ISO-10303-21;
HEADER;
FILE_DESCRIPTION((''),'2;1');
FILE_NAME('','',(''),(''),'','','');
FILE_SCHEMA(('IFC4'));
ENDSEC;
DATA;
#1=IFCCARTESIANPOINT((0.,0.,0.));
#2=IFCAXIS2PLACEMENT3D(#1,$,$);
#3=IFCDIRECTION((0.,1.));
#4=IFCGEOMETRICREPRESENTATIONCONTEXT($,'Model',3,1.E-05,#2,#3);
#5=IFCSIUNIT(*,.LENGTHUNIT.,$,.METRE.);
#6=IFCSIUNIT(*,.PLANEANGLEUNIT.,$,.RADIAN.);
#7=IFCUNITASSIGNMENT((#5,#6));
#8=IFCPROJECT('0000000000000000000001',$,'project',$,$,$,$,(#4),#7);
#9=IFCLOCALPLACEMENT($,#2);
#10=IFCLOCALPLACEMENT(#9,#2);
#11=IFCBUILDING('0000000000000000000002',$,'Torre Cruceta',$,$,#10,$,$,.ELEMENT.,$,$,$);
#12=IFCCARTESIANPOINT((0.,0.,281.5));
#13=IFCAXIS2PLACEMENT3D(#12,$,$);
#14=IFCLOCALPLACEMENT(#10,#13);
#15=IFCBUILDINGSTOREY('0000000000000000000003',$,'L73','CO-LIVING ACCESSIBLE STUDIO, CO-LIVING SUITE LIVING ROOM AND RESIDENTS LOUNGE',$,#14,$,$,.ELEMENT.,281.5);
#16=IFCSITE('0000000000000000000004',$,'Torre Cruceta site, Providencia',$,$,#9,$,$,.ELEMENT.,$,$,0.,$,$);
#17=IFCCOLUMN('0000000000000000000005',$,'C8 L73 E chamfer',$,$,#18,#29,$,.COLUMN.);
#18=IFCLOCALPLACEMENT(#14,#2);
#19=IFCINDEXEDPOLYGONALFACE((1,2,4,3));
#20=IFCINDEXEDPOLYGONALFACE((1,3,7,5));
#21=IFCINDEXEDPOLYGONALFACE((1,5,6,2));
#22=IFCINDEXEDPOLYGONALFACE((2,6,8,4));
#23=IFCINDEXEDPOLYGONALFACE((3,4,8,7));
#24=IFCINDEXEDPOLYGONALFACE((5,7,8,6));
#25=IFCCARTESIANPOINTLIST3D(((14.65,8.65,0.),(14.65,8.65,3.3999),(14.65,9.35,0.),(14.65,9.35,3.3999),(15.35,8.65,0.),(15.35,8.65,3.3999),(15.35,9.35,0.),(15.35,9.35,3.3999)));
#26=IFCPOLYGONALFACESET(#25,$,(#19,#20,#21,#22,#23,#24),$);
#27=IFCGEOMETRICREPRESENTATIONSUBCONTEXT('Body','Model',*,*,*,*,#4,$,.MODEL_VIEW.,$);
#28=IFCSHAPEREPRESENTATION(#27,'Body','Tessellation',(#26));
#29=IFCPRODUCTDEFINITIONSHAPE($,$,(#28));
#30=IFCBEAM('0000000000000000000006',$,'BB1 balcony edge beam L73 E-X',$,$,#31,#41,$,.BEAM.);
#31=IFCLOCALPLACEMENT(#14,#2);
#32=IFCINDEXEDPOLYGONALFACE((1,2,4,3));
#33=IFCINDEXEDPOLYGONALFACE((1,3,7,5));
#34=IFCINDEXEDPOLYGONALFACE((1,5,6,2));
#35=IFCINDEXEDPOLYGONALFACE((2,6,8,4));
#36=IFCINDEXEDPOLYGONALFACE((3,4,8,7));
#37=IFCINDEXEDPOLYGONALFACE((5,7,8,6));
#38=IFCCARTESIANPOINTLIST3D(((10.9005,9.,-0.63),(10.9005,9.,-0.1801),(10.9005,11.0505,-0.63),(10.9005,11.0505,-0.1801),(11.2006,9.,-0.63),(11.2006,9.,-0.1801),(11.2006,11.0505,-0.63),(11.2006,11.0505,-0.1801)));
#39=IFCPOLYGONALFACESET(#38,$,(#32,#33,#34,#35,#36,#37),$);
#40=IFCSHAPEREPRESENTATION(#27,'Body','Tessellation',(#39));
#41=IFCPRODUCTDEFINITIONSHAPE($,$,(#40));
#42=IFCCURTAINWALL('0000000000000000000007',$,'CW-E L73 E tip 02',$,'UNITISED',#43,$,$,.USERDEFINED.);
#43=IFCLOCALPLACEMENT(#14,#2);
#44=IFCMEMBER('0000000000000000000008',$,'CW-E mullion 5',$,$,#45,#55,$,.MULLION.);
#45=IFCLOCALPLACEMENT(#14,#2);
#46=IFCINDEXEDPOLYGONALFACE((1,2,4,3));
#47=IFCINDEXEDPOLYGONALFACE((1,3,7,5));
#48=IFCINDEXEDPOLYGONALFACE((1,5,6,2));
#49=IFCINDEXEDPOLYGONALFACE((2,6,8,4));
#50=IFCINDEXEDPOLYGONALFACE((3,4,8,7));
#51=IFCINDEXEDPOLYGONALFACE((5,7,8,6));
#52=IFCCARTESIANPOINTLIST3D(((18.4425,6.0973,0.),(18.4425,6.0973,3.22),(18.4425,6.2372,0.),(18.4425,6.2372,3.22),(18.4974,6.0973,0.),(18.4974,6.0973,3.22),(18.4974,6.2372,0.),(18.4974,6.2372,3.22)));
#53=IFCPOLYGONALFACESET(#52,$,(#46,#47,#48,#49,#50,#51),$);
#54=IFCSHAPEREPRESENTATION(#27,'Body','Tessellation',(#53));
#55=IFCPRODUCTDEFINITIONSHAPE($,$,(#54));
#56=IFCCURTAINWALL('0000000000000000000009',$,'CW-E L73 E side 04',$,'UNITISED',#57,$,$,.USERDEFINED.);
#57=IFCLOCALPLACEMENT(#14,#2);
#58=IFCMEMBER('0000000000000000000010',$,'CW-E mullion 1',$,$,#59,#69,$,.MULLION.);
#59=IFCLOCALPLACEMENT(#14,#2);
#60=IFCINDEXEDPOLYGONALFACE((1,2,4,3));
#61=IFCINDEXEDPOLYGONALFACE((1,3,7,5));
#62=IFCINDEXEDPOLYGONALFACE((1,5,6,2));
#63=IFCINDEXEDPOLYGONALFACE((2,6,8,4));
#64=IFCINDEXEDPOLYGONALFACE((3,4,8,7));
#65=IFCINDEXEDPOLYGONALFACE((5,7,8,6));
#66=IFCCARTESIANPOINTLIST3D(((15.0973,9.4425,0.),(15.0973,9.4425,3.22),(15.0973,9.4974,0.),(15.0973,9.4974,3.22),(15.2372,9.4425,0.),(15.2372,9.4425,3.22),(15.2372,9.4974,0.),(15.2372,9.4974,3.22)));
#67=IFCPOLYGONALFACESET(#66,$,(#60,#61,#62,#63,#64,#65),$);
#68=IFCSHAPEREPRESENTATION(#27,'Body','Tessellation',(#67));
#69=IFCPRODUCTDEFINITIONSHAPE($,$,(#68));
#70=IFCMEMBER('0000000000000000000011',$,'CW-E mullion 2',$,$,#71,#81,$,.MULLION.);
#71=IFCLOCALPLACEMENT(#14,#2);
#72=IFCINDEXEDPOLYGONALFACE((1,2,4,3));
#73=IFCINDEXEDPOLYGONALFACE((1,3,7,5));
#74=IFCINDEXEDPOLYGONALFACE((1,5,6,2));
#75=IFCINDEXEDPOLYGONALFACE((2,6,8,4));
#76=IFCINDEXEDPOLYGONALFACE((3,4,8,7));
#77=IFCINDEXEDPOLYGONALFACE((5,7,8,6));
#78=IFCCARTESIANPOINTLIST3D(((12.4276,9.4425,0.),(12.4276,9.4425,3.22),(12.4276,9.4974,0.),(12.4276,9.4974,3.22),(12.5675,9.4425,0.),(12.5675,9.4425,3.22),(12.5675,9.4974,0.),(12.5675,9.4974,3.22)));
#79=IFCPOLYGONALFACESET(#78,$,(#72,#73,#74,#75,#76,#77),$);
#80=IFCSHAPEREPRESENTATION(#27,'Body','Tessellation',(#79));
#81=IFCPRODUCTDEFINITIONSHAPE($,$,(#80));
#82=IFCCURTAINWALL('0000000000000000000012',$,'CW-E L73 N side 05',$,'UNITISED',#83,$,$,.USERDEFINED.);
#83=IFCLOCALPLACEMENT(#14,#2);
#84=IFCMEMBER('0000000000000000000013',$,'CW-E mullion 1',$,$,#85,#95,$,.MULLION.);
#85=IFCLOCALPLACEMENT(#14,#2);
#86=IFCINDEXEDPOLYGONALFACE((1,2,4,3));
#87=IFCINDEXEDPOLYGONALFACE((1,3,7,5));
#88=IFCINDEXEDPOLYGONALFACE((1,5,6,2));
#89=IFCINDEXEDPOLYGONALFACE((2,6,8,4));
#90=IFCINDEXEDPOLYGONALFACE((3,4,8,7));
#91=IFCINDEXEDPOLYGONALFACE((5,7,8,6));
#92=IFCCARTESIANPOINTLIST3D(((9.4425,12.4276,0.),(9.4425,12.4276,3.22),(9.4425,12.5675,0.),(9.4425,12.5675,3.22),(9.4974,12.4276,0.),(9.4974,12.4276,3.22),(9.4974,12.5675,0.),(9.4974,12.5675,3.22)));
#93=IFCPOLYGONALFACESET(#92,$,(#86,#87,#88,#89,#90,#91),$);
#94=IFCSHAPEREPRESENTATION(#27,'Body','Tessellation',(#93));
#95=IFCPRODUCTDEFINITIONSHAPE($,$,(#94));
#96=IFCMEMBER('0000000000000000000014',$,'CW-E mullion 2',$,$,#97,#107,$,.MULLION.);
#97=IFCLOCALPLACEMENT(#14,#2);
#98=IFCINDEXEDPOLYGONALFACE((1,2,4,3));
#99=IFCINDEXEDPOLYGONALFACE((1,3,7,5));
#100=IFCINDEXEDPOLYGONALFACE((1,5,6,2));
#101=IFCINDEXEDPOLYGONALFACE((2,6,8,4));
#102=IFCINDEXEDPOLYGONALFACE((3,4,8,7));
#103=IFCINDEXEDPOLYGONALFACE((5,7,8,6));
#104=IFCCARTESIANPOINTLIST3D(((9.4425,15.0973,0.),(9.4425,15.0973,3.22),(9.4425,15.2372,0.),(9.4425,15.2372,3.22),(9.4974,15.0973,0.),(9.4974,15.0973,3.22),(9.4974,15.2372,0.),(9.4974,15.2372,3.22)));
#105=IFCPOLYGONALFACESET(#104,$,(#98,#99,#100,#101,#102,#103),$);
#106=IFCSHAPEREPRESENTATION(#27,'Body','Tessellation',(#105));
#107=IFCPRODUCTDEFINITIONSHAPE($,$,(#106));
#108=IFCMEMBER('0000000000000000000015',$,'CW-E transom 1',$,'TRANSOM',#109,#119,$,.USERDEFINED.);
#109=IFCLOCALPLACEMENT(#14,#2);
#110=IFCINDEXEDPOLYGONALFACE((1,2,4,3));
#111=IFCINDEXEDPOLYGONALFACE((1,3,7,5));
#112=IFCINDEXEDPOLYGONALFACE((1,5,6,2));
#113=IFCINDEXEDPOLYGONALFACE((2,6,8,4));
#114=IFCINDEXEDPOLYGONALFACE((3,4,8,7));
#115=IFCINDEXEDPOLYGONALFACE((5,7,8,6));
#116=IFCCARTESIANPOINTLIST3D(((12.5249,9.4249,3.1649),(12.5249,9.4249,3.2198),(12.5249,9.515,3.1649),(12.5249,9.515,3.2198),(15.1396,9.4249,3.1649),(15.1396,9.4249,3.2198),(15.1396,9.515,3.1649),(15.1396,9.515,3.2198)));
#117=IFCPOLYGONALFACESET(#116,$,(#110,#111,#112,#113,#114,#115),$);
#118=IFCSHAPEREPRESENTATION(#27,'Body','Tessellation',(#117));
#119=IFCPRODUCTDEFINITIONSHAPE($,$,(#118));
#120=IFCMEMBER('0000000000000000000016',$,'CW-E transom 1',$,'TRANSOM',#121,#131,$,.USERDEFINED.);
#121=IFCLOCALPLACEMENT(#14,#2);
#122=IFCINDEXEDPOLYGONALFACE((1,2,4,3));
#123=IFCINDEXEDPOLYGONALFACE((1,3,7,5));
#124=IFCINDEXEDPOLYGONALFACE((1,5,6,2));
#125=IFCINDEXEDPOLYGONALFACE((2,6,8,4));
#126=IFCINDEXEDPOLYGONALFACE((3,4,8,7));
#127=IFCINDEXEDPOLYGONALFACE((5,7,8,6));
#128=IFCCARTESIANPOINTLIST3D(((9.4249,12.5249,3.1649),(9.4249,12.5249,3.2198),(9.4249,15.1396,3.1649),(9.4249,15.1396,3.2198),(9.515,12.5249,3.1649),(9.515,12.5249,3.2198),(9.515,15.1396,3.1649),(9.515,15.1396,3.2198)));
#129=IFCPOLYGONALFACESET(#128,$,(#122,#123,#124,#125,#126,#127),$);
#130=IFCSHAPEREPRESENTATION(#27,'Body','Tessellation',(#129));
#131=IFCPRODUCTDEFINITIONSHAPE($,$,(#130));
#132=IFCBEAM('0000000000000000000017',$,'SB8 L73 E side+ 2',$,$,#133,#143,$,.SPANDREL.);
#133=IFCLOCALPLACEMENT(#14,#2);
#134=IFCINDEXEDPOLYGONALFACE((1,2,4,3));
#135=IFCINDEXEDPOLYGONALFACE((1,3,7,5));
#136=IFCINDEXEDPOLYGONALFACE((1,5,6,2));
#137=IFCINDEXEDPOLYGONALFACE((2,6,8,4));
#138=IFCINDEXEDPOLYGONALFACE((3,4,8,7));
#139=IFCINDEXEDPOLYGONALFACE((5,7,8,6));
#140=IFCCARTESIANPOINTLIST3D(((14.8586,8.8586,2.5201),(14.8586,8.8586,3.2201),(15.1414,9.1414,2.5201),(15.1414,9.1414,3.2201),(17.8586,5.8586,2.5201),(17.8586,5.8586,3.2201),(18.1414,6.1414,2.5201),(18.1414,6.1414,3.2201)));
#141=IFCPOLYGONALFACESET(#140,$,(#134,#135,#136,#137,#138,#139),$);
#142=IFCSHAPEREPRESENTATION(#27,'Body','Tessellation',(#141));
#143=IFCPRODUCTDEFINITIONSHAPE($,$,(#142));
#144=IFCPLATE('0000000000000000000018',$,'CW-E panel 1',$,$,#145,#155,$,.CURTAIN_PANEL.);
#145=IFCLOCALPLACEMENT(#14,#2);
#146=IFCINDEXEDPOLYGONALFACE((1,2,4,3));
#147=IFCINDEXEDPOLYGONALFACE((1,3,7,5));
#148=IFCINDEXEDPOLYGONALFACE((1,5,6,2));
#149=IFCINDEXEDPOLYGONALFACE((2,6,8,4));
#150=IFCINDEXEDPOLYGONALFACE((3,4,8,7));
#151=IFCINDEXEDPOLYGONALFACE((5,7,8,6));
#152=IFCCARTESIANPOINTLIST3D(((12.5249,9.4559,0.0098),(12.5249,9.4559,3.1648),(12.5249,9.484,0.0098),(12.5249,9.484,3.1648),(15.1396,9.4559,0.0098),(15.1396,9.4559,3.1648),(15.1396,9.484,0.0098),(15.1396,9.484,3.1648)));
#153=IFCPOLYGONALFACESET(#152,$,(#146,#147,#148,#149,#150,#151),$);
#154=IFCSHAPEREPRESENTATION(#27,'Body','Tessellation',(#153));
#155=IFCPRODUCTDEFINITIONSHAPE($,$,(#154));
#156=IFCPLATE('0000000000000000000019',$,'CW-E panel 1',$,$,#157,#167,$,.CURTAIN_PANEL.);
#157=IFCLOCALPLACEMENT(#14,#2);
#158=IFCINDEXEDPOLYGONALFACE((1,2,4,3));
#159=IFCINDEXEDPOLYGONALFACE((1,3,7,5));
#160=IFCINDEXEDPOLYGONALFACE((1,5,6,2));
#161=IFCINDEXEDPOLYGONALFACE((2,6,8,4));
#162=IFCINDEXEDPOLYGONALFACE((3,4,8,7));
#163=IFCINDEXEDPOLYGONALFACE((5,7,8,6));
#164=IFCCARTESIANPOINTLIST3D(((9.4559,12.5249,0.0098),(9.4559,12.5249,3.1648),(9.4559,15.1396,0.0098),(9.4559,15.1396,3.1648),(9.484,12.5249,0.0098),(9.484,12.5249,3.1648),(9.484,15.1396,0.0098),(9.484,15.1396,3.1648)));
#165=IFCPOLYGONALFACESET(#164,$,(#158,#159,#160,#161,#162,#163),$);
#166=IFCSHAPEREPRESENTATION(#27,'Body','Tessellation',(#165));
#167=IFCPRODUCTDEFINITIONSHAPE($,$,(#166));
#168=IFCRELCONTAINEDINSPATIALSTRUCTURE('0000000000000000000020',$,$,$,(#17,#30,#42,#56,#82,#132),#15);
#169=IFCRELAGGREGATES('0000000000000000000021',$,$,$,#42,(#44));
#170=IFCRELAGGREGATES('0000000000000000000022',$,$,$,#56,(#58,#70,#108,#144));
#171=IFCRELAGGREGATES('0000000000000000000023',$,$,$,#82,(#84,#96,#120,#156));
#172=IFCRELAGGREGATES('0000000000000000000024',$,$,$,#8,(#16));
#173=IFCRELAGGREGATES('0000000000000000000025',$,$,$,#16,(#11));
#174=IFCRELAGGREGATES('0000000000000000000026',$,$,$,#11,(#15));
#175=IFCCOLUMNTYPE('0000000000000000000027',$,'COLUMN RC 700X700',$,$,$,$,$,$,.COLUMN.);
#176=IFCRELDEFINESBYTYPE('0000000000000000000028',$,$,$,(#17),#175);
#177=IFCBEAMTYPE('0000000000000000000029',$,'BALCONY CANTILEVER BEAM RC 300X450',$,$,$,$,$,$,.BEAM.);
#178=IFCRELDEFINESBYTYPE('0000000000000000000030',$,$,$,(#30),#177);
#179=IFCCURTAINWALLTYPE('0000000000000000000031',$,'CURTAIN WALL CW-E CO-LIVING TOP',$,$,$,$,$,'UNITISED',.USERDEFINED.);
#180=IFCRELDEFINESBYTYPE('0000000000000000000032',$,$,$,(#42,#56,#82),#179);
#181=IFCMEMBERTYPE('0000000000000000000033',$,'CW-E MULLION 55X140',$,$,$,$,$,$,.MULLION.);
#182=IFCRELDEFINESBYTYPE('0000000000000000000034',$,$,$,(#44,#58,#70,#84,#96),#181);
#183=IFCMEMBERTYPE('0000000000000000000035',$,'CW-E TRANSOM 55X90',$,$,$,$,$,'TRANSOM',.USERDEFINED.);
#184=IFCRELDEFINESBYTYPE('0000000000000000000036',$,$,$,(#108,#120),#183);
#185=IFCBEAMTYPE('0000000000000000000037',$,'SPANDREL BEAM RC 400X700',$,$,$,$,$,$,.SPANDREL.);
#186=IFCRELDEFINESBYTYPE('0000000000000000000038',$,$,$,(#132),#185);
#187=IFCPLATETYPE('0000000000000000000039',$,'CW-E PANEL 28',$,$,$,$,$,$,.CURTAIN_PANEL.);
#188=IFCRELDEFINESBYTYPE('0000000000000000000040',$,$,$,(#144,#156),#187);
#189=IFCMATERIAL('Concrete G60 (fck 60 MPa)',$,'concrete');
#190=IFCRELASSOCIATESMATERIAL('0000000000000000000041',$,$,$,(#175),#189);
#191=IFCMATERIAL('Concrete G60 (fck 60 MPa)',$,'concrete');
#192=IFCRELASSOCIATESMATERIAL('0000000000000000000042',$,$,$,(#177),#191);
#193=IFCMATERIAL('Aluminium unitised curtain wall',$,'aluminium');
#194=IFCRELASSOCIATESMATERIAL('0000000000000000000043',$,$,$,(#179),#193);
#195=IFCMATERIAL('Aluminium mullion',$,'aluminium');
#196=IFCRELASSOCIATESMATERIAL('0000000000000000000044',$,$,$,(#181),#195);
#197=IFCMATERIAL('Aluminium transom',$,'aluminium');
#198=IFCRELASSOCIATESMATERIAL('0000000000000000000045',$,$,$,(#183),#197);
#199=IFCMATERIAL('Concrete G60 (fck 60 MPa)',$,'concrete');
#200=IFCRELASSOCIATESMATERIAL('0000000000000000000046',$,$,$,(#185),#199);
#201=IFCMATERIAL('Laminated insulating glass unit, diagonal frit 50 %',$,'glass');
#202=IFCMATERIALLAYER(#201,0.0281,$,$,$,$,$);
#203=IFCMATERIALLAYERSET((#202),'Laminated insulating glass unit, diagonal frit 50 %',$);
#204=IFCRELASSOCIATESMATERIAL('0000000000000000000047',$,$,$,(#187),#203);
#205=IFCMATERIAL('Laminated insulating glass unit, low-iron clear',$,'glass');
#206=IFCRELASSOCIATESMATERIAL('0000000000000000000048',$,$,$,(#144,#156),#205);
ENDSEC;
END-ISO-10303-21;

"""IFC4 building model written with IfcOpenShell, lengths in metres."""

from ifc_helpers import new_model, si_unit, direction, frame, origin, origin_2d, place, context, subcontext, project, spatial, rectangle, extrude, material, layer, layer_set, material_profile, profile_set, type_object, element, aggregate, save


model = new_model("IFC4")

# Units and contexts
model_context = context("Model", 3, precision=1e-05, world=origin(), true_north=direction((0.0, 1.0)))
body_context = subcontext(model_context, "Body", "Model", "MODEL_VIEW")
ifc_project = project(units=[si_unit("LENGTHUNIT", "METRE"), si_unit("PLANEANGLEUNIT", "RADIAN")], contexts=[model_context])

# Site, building, storey
site_placement = place(None, origin())
site = spatial("IfcSite", under=ifc_project, at=site_placement, Name="Torre Cruceta site, Providencia", CompositionType="ELEMENT", RefElevation=0.0)
building_placement = place(site_placement, origin())
building = spatial("IfcBuilding", under=site, at=building_placement, Name="Torre Cruceta", CompositionType="ELEMENT")
storey_placement = place(building_placement, frame((0.0, 0.0, 281.5)))
storey = spatial("IfcBuildingStorey", under=building, at=storey_placement, Name="L73", Description="CO-LIVING ACCESSIBLE STUDIO, CO-LIVING SUITE LIVING ROOM AND RESIDENTS LOUNGE", CompositionType="ELEMENT", Elevation=281.5)

# Column
ifc_material_1 = material(Name="Concrete G60 (fck 60 MPa)", Category="concrete")
ifc_material_profile_1 = material_profile(ifc_material_1, rectangle(XDim=0.7, YDim=0.7, at=origin_2d()), Name="RC 700X700")
ifc_profile_set_1 = profile_set([ifc_material_profile_1], Name="Concrete G60 (fck 60 MPa)")
column_type = type_object("IfcColumnType", Name="COLUMN RC 700X700", PredefinedType="COLUMN", material=ifc_profile_set_1)
column_placement = place(storey_placement, frame((15.0, 9.0, 0.0), z_axis=(0.0, 0.0, 1.0), x_axis=(1.0, 0.0, 0.0)))
element("IfcColumn", 1, at=column_placement, inside=storey, type_object=column_type, Name="C8 L73 E chamfer", PredefinedType="COLUMN", context=body_context, shape_type="SweptSolid", body=[
    extrude(rectangle(XDim=0.7, YDim=0.7, at=origin_2d()), origin(), (0.0, 0.0, 1.0), 3.3999),
])

# Beam
ifc_material_2 = material(Name="Concrete G60 (fck 60 MPa)", Category="concrete")
ifc_material_profile_2 = material_profile(ifc_material_2, rectangle(XDim=0.3, YDim=0.45, at=origin_2d()), Name="RC 300X450")
ifc_profile_set_2 = profile_set([ifc_material_profile_2], Name="Concrete G60 (fck 60 MPa)")
beam_type_1 = type_object("IfcBeamType", Name="BALCONY CANTILEVER BEAM RC 300X450", PredefinedType="BEAM", material=ifc_profile_set_2)
beam_1_placement = place(storey_placement, frame((11.0505, 9.0, -0.405), z_axis=(0.0, 1.0, 0.0), x_axis=(-1.0, 0.0, 0.0)))
element("IfcBeam", 2, at=beam_1_placement, inside=storey, type_object=beam_type_1, Name="BB1 balcony edge beam L73 E-X", PredefinedType="BEAM", context=body_context, shape_type="SweptSolid", body=[
    extrude(rectangle(XDim=0.3, YDim=0.45, at=origin_2d()), origin(), (0.0, 0.0, 1.0), 2.0505),
])

# Curtain wall, member
ifc_material_3 = material(Name="Aluminium unitised curtain wall", Category="aluminium")
curtain_wall_type = type_object("IfcCurtainWallType", Name="CURTAIN WALL CW-E CO-LIVING TOP", ElementType="UNITISED", PredefinedType="USERDEFINED", material=ifc_material_3)
curtain_wall_1_placement = place(storey_placement, origin())
curtain_wall_1 = element("IfcCurtainWall", 3, at=curtain_wall_1_placement, inside=storey, type_object=curtain_wall_type, Name="CW-E L73 E tip 02", ObjectType="UNITISED", PredefinedType="USERDEFINED")
ifc_material_4 = material(Name="Aluminium mullion", Category="aluminium")
ifc_material_profile_3 = material_profile(ifc_material_4, rectangle(XDim=0.0549, YDim=0.1399, at=origin_2d()), Name="AL 55X140")
ifc_profile_set_3 = profile_set([ifc_material_profile_3], Name="Aluminium mullion")
member_type_1 = type_object("IfcMemberType", Name="CW-E MULLION 55X140", PredefinedType="MULLION", material=ifc_profile_set_3)
member_1_placement = place(storey_placement, frame((18.47, 6.1672, 0.0), z_axis=(0.0, 0.0, 1.0), x_axis=(-1.0, 0.0, 0.0)))
member_1 = element("IfcMember", 4, at=member_1_placement, type_object=member_type_1, Name="CW-E mullion 5", PredefinedType="MULLION", context=body_context, shape_type="SweptSolid", body=[
    extrude(rectangle(XDim=0.0549, YDim=0.1399, at=origin_2d()), origin(), (0.0, 0.0, 1.0), 3.22),
])
aggregate(curtain_wall_1, [member_1])

# Curtain walls, members
curtain_wall_2_placement = place(storey_placement, origin())
curtain_wall_2 = element("IfcCurtainWall", 5, at=curtain_wall_2_placement, inside=storey, type_object=curtain_wall_type, Name="CW-E L73 E side 04", ObjectType="UNITISED", PredefinedType="USERDEFINED")
member_2_placement = place(storey_placement, frame((15.1672, 9.47, 0.0), z_axis=(0.0, 0.0, 1.0), x_axis=(0.0, -1.0, 0.0)))
member_2 = element("IfcMember", 6, at=member_2_placement, type_object=member_type_1, Name="CW-E mullion 1", PredefinedType="MULLION", context=body_context, shape_type="SweptSolid", body=[
    extrude(rectangle(XDim=0.0549, YDim=0.1399, at=origin_2d()), origin(), (0.0, 0.0, 1.0), 3.22),
])
member_3_placement = place(storey_placement, frame((12.4976, 9.47, 0.0), z_axis=(0.0, 0.0, 1.0), x_axis=(0.0, -1.0, 0.0)))
member_3 = element("IfcMember", 7, at=member_3_placement, type_object=member_type_1, Name="CW-E mullion 2", PredefinedType="MULLION", context=body_context, shape_type="SweptSolid", body=[
    extrude(rectangle(XDim=0.0549, YDim=0.1399, at=origin_2d()), origin(), (0.0, 0.0, 1.0), 3.22),
])
curtain_wall_3_placement = place(storey_placement, origin())
curtain_wall_3 = element("IfcCurtainWall", 8, at=curtain_wall_3_placement, inside=storey, type_object=curtain_wall_type, Name="CW-E L73 N side 05", ObjectType="UNITISED", PredefinedType="USERDEFINED")
member_4_placement = place(storey_placement, frame((9.47, 12.4976, 0.0), z_axis=(0.0, 0.0, 1.0), x_axis=(-1.0, 0.0, 0.0)))
member_4 = element("IfcMember", 9, at=member_4_placement, type_object=member_type_1, Name="CW-E mullion 1", PredefinedType="MULLION", context=body_context, shape_type="SweptSolid", body=[
    extrude(rectangle(XDim=0.0549, YDim=0.1399, at=origin_2d()), origin(), (0.0, 0.0, 1.0), 3.22),
])
member_5_placement = place(storey_placement, frame((9.47, 15.1672, 0.0), z_axis=(0.0, 0.0, 1.0), x_axis=(-1.0, 0.0, 0.0)))
member_5 = element("IfcMember", 10, at=member_5_placement, type_object=member_type_1, Name="CW-E mullion 2", PredefinedType="MULLION", context=body_context, shape_type="SweptSolid", body=[
    extrude(rectangle(XDim=0.0549, YDim=0.1399, at=origin_2d()), origin(), (0.0, 0.0, 1.0), 3.22),
])

# Members
ifc_material_5 = material(Name="Aluminium transom", Category="aluminium")
ifc_material_profile_4 = material_profile(ifc_material_5, rectangle(XDim=0.0901, YDim=0.0549, at=origin_2d()), Name="AL 90X55")
ifc_profile_set_4 = profile_set([ifc_material_profile_4], Name="Aluminium transom")
member_type_2 = type_object("IfcMemberType", Name="CW-E TRANSOM 55X90", ElementType="TRANSOM", PredefinedType="USERDEFINED", material=ifc_profile_set_4)
member_6_placement = place(storey_placement, frame((15.1396, 9.47, 3.1924), z_axis=(-1.0, 0.0, 0.0), x_axis=(0.0, -1.0, 0.0)))
member_6 = element("IfcMember", 11, at=member_6_placement, type_object=member_type_2, Name="CW-E transom 1", ObjectType="TRANSOM", PredefinedType="USERDEFINED", context=body_context, shape_type="SweptSolid", body=[
    extrude(rectangle(XDim=0.0901, YDim=0.0549, at=origin_2d()), origin(), (0.0, 0.0, 1.0), 2.6147),
])
member_7_placement = place(storey_placement, frame((9.47, 12.5249, 3.1924), z_axis=(0.0, 1.0, 0.0), x_axis=(-1.0, 0.0, 0.0)))
member_7 = element("IfcMember", 12, at=member_7_placement, type_object=member_type_2, Name="CW-E transom 1", ObjectType="TRANSOM", PredefinedType="USERDEFINED", context=body_context, shape_type="SweptSolid", body=[
    extrude(rectangle(XDim=0.0901, YDim=0.0549, at=origin_2d()), origin(), (0.0, 0.0, 1.0), 2.6147),
])

# Beam
ifc_material_6 = material(Name="Concrete G60 (fck 60 MPa)", Category="concrete")
ifc_material_profile_5 = material_profile(ifc_material_6, rectangle(XDim=0.3999, YDim=0.7, at=origin_2d()), Name="RC 400X700")
ifc_profile_set_5 = profile_set([ifc_material_profile_5], Name="Concrete G60 (fck 60 MPa)")
beam_type_2 = type_object("IfcBeamType", Name="SPANDREL BEAM RC 400X700", PredefinedType="SPANDREL", material=ifc_profile_set_5)
beam_2_placement = place(storey_placement, frame((15.0, 9.0, 2.8701), z_axis=(0.707107, -0.707107, 0.0), x_axis=(0.707107, 0.707107, 0.0)))
element("IfcBeam", 13, at=beam_2_placement, inside=storey, type_object=beam_type_2, Name="SB8 L73 E side+ 2", PredefinedType="SPANDREL", context=body_context, shape_type="SweptSolid", body=[
    extrude(rectangle(XDim=0.3999, YDim=0.7, at=origin_2d()), origin(), (0.0, 0.0, 1.0), 4.2427),
])

# Plates
ifc_material_7 = material(Name="Laminated insulating glass unit, low-iron clear", Category="glass")
ifc_material_8 = material(Name="Laminated insulating glass unit, diagonal frit 50 %", Category="glass")
ifc_layer_1 = layer(ifc_material_8, 0.0281)
ifc_layer_set_1 = layer_set([ifc_layer_1], Name="Laminated insulating glass unit, diagonal frit 50 %")
plate_type = type_object("IfcPlateType", Name="CW-E PANEL 28", PredefinedType="CURTAIN_PANEL", material=ifc_layer_set_1)
plate_1_placement = place(storey_placement, frame((13.8323, 9.47, 0.0098), z_axis=(0.0, 0.0, 1.0), x_axis=(-1.0, 0.0, 0.0)))
plate_1 = element("IfcPlate", 14, at=plate_1_placement, type_object=plate_type, material=ifc_material_7, Name="CW-E panel 1", PredefinedType="CURTAIN_PANEL", context=body_context, shape_type="SweptSolid", body=[
    extrude(rectangle(XDim=2.6147, YDim=0.0281, at=origin_2d()), origin(), (0.0, 0.0, 1.0), 3.155),
])
aggregate(curtain_wall_2, [member_2, member_3, member_6, plate_1])
plate_2_placement = place(storey_placement, frame((9.47, 13.8323, 0.0098), z_axis=(0.0, 0.0, 1.0), x_axis=(0.0, 1.0, 0.0)))
plate_2 = element("IfcPlate", 15, at=plate_2_placement, type_object=plate_type, material=ifc_material_7, Name="CW-E panel 1", PredefinedType="CURTAIN_PANEL", context=body_context, shape_type="SweptSolid", body=[
    extrude(rectangle(XDim=2.6147, YDim=0.0281, at=origin_2d()), origin(), (0.0, 0.0, 1.0), 3.155),
])
aggregate(curtain_wall_3, [member_4, member_5, member_7, plate_2])

save(model, "model.ifc")
